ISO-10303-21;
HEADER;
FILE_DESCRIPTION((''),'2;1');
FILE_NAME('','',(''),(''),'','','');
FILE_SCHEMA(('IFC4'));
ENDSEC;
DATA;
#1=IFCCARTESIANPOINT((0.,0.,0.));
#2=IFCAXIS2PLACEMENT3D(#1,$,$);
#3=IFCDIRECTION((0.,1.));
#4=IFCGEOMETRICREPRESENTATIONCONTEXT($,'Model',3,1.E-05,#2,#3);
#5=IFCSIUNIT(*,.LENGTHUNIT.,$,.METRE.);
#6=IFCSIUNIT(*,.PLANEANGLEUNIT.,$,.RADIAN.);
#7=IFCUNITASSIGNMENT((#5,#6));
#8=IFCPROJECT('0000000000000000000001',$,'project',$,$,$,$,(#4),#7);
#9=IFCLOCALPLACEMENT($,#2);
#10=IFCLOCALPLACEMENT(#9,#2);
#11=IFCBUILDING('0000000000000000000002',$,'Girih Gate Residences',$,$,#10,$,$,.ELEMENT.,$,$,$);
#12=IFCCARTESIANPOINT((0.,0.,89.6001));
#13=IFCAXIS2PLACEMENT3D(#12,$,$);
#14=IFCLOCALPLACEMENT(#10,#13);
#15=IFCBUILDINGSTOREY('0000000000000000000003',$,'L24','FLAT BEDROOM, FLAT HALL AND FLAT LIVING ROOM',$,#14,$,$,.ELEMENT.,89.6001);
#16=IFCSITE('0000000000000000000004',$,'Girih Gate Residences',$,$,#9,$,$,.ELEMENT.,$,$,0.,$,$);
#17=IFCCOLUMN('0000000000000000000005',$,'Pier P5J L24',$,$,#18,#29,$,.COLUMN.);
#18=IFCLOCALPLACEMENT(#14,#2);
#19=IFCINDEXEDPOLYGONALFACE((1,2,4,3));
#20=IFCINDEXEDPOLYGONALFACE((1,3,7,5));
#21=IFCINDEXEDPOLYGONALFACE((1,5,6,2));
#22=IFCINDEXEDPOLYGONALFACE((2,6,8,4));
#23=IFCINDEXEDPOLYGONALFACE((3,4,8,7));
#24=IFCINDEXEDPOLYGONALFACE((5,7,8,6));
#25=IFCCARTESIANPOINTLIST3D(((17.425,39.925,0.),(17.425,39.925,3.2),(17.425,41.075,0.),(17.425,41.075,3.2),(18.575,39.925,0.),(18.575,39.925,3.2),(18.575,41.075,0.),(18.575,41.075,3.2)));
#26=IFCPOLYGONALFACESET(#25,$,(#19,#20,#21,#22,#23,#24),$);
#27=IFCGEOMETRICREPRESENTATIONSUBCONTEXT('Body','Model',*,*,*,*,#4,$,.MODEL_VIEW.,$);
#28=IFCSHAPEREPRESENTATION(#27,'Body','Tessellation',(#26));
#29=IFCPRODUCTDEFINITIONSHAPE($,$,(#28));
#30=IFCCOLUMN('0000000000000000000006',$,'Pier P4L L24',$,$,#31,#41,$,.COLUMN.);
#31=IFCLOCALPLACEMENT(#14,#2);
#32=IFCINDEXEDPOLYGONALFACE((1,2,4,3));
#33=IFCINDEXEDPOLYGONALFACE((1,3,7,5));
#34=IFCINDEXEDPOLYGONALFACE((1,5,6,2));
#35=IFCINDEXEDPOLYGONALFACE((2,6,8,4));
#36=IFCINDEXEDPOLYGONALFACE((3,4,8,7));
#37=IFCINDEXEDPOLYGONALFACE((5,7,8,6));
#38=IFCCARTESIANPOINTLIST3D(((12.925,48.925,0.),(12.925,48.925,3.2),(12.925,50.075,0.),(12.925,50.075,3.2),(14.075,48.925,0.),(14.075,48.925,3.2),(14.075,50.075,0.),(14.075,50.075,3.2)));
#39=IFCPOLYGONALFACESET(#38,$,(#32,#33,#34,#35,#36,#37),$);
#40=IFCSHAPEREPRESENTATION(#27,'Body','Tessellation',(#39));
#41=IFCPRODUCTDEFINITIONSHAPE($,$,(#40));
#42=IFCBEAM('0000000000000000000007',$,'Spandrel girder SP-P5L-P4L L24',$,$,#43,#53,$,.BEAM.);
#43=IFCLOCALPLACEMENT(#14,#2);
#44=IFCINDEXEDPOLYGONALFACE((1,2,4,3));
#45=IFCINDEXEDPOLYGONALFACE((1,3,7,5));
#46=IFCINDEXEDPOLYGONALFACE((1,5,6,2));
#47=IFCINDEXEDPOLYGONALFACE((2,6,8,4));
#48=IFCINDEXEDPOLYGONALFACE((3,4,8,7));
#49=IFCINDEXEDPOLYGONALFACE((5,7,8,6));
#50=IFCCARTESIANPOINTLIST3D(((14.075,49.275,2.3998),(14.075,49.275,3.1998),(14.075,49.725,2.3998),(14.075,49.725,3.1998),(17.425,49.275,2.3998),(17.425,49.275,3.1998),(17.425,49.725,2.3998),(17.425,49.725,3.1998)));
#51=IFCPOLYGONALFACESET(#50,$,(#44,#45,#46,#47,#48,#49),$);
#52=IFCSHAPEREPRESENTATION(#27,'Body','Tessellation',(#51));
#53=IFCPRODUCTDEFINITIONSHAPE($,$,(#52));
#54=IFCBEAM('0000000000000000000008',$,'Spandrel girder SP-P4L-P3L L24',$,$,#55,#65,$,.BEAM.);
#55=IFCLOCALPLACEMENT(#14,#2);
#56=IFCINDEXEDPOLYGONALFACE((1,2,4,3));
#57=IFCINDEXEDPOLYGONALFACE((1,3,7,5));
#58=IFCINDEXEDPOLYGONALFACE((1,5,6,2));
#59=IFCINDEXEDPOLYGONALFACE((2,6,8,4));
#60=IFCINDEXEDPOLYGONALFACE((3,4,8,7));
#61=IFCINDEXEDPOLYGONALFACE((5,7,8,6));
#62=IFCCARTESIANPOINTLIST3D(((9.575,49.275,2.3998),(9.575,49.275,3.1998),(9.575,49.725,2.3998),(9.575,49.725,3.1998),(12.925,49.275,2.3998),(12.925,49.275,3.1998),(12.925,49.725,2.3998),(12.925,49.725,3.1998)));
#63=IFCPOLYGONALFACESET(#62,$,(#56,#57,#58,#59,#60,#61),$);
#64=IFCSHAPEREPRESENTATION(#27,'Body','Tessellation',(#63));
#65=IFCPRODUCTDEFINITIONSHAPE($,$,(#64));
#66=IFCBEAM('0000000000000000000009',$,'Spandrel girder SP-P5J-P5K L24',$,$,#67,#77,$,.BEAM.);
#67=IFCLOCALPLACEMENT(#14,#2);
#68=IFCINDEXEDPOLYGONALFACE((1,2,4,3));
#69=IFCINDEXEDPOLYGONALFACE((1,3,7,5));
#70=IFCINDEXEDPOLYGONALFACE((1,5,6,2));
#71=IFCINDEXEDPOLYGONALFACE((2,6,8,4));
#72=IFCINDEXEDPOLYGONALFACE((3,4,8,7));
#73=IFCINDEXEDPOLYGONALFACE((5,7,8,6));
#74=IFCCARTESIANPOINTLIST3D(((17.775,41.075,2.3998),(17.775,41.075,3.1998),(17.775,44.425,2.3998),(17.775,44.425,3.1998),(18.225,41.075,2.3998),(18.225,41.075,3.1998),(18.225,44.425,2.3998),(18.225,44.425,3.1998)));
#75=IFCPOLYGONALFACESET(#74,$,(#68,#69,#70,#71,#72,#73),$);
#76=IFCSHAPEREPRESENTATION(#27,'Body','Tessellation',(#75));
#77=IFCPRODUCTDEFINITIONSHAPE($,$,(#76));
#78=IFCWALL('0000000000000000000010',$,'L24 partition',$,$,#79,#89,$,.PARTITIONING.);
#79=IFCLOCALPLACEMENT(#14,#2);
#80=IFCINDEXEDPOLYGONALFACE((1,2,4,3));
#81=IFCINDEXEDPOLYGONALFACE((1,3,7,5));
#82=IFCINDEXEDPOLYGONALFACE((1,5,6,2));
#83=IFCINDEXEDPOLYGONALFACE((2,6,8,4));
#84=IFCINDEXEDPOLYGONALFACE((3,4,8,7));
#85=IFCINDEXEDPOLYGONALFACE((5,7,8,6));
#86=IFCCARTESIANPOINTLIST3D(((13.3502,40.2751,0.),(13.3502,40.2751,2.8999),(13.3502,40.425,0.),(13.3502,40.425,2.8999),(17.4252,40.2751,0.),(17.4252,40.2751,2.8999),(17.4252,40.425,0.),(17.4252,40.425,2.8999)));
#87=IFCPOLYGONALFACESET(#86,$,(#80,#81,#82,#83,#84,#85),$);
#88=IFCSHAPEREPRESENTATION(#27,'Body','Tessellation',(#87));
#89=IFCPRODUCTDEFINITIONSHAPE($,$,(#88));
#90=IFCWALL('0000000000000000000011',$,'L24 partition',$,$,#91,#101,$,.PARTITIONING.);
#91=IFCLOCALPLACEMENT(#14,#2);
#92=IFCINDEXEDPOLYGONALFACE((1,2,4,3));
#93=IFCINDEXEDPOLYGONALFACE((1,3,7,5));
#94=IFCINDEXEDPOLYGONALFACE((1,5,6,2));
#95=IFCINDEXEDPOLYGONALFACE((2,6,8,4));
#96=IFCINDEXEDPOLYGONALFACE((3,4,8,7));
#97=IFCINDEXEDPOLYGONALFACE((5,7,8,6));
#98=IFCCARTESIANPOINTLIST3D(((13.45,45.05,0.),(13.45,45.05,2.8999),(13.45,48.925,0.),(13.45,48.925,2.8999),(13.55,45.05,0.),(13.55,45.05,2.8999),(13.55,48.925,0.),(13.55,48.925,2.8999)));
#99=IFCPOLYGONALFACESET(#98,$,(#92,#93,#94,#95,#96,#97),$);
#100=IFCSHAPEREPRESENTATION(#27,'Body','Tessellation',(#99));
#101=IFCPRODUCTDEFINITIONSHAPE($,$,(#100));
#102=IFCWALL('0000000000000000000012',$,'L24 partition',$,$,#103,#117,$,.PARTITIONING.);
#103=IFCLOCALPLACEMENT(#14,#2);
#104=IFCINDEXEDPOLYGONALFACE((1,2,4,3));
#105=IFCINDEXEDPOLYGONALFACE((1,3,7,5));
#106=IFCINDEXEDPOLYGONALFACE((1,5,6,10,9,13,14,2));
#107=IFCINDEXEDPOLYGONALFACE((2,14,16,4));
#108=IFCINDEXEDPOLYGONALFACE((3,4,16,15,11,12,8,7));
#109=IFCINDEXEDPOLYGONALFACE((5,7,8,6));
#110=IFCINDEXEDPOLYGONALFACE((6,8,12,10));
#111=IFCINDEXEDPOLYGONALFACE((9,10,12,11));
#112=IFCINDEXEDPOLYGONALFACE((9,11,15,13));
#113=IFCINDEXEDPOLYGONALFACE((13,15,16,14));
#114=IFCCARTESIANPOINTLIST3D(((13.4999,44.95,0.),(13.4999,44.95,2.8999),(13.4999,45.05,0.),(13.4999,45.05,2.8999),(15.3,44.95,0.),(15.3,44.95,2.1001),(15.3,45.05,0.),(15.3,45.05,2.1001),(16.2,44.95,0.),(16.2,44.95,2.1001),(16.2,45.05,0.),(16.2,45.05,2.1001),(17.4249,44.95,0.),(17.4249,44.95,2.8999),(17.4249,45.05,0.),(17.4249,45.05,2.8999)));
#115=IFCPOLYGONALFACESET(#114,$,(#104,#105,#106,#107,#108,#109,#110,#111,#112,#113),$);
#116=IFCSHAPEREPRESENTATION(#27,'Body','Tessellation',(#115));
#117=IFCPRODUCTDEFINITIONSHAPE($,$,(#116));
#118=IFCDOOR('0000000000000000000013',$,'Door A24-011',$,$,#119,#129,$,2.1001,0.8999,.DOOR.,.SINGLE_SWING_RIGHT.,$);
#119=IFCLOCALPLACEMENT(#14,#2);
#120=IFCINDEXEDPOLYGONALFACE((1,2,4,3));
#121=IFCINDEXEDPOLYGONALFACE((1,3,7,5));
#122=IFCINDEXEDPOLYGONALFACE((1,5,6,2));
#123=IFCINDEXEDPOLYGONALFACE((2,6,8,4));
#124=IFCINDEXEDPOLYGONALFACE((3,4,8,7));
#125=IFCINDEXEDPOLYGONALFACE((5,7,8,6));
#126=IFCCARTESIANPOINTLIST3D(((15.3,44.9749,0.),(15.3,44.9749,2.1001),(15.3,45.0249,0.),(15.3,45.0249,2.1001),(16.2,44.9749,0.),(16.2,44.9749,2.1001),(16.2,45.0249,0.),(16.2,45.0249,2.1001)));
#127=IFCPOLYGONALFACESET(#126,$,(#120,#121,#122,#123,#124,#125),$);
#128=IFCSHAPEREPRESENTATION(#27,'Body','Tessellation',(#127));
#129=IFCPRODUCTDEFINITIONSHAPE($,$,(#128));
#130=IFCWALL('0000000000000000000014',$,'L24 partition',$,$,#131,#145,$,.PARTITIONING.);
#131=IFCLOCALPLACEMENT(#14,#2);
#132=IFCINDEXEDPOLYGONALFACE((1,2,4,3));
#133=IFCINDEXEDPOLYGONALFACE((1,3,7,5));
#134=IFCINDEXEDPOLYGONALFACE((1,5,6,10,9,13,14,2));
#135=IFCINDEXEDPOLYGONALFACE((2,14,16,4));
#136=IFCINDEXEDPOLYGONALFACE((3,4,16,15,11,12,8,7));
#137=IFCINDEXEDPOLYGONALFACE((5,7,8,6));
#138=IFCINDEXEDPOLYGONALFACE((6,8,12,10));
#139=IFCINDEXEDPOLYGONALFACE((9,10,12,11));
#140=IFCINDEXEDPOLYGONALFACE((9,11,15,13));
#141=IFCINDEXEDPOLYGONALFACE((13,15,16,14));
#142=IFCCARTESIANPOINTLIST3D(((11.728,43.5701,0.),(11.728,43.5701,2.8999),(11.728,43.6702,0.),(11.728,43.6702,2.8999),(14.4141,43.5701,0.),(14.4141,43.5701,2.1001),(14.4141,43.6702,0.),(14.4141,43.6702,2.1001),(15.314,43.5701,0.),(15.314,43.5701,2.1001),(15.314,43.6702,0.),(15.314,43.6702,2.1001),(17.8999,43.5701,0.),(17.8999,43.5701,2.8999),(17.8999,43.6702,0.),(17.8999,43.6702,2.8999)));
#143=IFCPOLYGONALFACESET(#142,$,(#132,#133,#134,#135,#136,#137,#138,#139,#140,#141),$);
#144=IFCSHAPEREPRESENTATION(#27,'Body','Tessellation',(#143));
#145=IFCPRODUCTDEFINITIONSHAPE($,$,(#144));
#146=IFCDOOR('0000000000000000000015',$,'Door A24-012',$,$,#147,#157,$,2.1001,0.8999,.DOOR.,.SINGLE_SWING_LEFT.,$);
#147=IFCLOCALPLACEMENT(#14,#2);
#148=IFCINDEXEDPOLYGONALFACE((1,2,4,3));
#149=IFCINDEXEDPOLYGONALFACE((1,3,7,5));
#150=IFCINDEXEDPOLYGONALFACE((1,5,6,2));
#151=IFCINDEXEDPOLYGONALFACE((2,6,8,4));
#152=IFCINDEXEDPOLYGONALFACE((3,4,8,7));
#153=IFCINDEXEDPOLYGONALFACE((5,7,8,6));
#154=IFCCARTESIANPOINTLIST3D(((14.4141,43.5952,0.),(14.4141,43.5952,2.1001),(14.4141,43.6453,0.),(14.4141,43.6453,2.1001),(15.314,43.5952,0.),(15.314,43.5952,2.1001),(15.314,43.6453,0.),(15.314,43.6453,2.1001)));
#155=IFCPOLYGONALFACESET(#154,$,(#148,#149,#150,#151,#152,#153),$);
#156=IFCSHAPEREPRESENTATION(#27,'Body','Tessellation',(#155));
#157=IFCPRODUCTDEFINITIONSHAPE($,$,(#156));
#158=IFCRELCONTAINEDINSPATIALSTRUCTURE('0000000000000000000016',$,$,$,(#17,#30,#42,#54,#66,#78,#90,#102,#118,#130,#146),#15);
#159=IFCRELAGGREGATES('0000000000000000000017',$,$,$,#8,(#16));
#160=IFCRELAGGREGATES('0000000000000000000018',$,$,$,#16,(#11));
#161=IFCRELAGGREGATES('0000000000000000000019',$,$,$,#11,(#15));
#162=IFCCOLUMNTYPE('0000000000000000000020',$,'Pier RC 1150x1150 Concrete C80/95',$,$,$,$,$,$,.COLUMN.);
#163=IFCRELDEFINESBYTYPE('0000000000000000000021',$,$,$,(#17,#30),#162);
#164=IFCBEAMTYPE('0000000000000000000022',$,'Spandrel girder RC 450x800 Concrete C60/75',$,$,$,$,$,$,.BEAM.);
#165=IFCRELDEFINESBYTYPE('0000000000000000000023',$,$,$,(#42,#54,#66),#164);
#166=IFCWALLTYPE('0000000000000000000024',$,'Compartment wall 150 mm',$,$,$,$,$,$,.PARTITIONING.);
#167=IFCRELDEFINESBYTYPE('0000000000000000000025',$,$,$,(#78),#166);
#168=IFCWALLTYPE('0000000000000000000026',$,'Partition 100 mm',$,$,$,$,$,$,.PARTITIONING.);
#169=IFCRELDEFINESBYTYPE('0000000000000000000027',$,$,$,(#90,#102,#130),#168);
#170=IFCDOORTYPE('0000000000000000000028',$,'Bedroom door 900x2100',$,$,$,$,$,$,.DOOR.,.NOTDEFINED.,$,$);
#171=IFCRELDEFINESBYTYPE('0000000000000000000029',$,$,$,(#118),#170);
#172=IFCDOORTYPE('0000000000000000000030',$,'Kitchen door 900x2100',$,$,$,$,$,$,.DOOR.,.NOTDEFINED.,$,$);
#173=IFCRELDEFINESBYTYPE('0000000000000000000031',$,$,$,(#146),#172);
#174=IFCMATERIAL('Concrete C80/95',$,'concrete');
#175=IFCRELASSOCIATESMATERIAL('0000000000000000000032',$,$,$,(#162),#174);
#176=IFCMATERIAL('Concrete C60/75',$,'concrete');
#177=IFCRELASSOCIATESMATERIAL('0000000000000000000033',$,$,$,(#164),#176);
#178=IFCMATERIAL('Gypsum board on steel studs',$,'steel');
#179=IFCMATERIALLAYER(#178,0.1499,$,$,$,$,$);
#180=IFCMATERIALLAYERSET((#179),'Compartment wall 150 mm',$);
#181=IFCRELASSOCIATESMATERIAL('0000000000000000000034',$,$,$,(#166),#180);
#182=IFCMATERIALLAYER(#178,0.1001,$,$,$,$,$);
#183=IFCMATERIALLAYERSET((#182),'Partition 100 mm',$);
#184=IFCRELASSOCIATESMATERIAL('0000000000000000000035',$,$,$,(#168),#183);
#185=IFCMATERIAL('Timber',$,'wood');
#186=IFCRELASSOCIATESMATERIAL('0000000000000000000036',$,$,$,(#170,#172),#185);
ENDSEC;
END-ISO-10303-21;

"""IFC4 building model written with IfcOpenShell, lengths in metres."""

from ifc_helpers import new_model, si_unit, direction, frame, frame_2d, origin, origin_2d, place, context, subcontext, project, spatial, rectangle, extrude, material, layer, layer_set, material_profile, profile_set, type_object, element, fill, save


model = new_model("IFC4")

# Units and contexts
model_context = context("Model", 3, precision=1e-05, world=origin(), true_north=direction((0.0, 1.0)))
body_context = subcontext(model_context, "Body", "Model", "MODEL_VIEW")
ifc_project = project(units=[si_unit("LENGTHUNIT", "METRE"), si_unit("PLANEANGLEUNIT", "RADIAN")], contexts=[model_context])

# Site, building, storey
site_placement = place(None, origin())
site = spatial("IfcSite", under=ifc_project, at=site_placement, Name="Girih Gate Residences", CompositionType="ELEMENT", RefElevation=0.0)
building_placement = place(site_placement, origin())
building = spatial("IfcBuilding", under=site, at=building_placement, Name="Girih Gate Residences", CompositionType="ELEMENT")
storey_placement = place(building_placement, frame((0.0, 0.0, 89.6001)))
storey = spatial("IfcBuildingStorey", under=building, at=storey_placement, Name="L24", Description="FLAT BEDROOM, FLAT HALL AND FLAT LIVING ROOM", CompositionType="ELEMENT", Elevation=89.6001)

# Columns
ifc_material_1 = material(Name="Concrete C80/95", Category="concrete")
ifc_material_profile_1 = material_profile(ifc_material_1, rectangle(XDim=1.1499, YDim=1.1499, at=origin_2d()))
ifc_profile_set_1 = profile_set([ifc_material_profile_1], Name="Concrete C80/95")
column_type = type_object("IfcColumnType", Name="Pier RC 1150x1150 Concrete C80/95", PredefinedType="COLUMN", material=ifc_profile_set_1)
for number, where, z_axis, x_axis, name in (
    (1, (18.0, 40.5, 0.0), (0.0, 0.0, 1.0), (1.0, 0.0, 0.0), "Pier P5J L24"),
    (2, (13.5, 49.5, 0.0), (0.0, 0.0, 1.0), (1.0, 0.0, 0.0), "Pier P4L L24"),
):
    element("IfcColumn", number, at=place(storey_placement, frame(where, z_axis=z_axis, x_axis=x_axis)), inside=storey, type_object=column_type, Name=name, PredefinedType="COLUMN", context=body_context, shape_type="SweptSolid", body=[
        extrude(rectangle(XDim=1.1499, YDim=1.1499, at=origin_2d()), origin(), (0.0, 0.0, 1.0), 3.2),
    ])

# Beams
ifc_material_2 = material(Name="Concrete C60/75", Category="concrete")
ifc_material_profile_2 = material_profile(ifc_material_2, rectangle(XDim=0.45, YDim=0.8, at=origin_2d()))
ifc_profile_set_2 = profile_set([ifc_material_profile_2], Name="Concrete C60/75")
beam_type = type_object("IfcBeamType", Name="Spandrel girder RC 450x800 Concrete C60/75", PredefinedType="BEAM", material=ifc_profile_set_2)
for number, where, z_axis, x_axis, name in (
    (3, (17.425, 49.5, 2.7998), (-1.0, 0.0, 0.0), (0.0, -1.0, 0.0), "Spandrel girder SP-P5L-P4L L24"),
    (4, (12.925, 49.5, 2.7998), (-1.0, 0.0, 0.0), (0.0, -1.0, 0.0), "Spandrel girder SP-P4L-P3L L24"),
    (5, (18.0, 41.075, 2.7998), (0.0, 1.0, 0.0), (-1.0, 0.0, 0.0), "Spandrel girder SP-P5J-P5K L24"),
):
    element("IfcBeam", number, at=place(storey_placement, frame(where, z_axis=z_axis, x_axis=x_axis)), inside=storey, type_object=beam_type, Name=name, PredefinedType="BEAM", context=body_context, shape_type="SweptSolid", body=[
        extrude(rectangle(XDim=0.45, YDim=0.8, at=origin_2d()), origin(), (0.0, 0.0, 1.0), 3.3501),
    ])

# Walls
ifc_material_3 = material(Name="Gypsum board on steel studs", Category="steel")
ifc_layer_1 = layer(ifc_material_3, 0.1499)
ifc_layer_set_1 = layer_set([ifc_layer_1], Name="Compartment wall 150 mm")
wall_type_1 = type_object("IfcWallType", Name="Compartment wall 150 mm", PredefinedType="PARTITIONING", material=ifc_layer_set_1)
wall_1_placement = place(storey_placement, frame((13.3501, 40.3501, 0.0), z_axis=(0.0, 0.0, 1.0), x_axis=(1.0, 0.0, 0.0)))
element("IfcWall", 6, at=wall_1_placement, inside=storey, type_object=wall_type_1, Name="L24 partition", PredefinedType="PARTITIONING", context=body_context, shape_type="SweptSolid", body=[
    extrude(rectangle(XDim=4.075, YDim=0.1499, at=frame_2d((2.0376, 0.0))), origin(), (0.0, 0.0, 1.0), 2.8999),
])
ifc_layer_2 = layer(ifc_material_3, 0.1001)
ifc_layer_set_2 = layer_set([ifc_layer_2], Name="Partition 100 mm")
wall_type_2 = type_object("IfcWallType", Name="Partition 100 mm", PredefinedType="PARTITIONING", material=ifc_layer_set_2)
wall_2_placement = place(storey_placement, frame((13.5, 45.05, 0.0), z_axis=(0.0, 0.0, 1.0), x_axis=(0.0, 1.0, 0.0)))
element("IfcWall", 7, at=wall_2_placement, inside=storey, type_object=wall_type_2, Name="L24 partition", PredefinedType="PARTITIONING", context=body_context, shape_type="SweptSolid", body=[
    extrude(rectangle(XDim=3.875, YDim=0.1001, at=frame_2d((1.9375, 0.0))), origin(), (0.0, 0.0, 1.0), 2.8999),
])

# Walls, openings, doors
wall_3_placement = place(storey_placement, frame((13.5, 45.0, 0.0), z_axis=(0.0, 0.0, 1.0), x_axis=(1.0, 0.0, 0.0)))
wall_3 = element("IfcWall", 8, at=wall_3_placement, inside=storey, type_object=wall_type_2, Name="L24 partition", PredefinedType="PARTITIONING", context=body_context, shape_type="SweptSolid", body=[
    extrude(rectangle(XDim=3.925, YDim=0.1001, at=frame_2d((1.9624, 0.0))), origin(), (0.0, 0.0, 1.0), 2.8999),
])
opening_1_placement = place(wall_3_placement, frame((1.8, 0.0, 0.0)))
opening_1 = element("IfcOpeningElement", 9, at=opening_1_placement, cuts=wall_3, PredefinedType="OPENING", context=body_context, shape_type="SweptSolid", body=[
    extrude(rectangle(XDim=0.8999, YDim=2.1001, at=frame_2d((0.45, 1.05))), frame((0.0, 0.0601, 0.0), z_axis=(0.0, -1.0, 0.0), x_axis=(1.0, 0.0, 0.0)), (0.0, 0.0, 1.0), 0.1201),
])
ifc_material_4 = material(Name="Timber", Category="wood")
door_type_1 = type_object("IfcDoorType", Name="Bedroom door 900x2100", OperationType="NOTDEFINED", PredefinedType="DOOR", material=ifc_material_4)
door_1_placement = place(opening_1_placement, origin())
door_1 = element("IfcDoor", 10, at=door_1_placement, inside=storey, type_object=door_type_1, Name="Door A24-011", OperationType="SINGLE_SWING_RIGHT", OverallHeight=2.1001, OverallWidth=0.8999, PredefinedType="DOOR", context=body_context, shape_type="SweptSolid", body=[
    extrude(rectangle(XDim=0.8999, YDim=2.1001, at=frame_2d((0.45, 1.05))), frame((0.0, 0.0249, 0.0), z_axis=(0.0, -1.0, 0.0), x_axis=(1.0, 0.0, 0.0)), (0.0, 0.0, 1.0), 0.05),
])
fill(opening_1, door_1)
wall_4_placement = place(storey_placement, frame((17.8999, 43.6201, 0.0), z_axis=(0.0, 0.0, 1.0), x_axis=(-1.0, 0.0, 0.0)))
wall_4 = element("IfcWall", 11, at=wall_4_placement, inside=storey, type_object=wall_type_2, Name="L24 partition", PredefinedType="PARTITIONING", context=body_context, shape_type="SweptSolid", body=[
    extrude(rectangle(XDim=6.1719, YDim=0.1001, at=frame_2d((3.0859, 0.0))), origin(), (0.0, 0.0, 1.0), 2.8999),
])
opening_2_placement = place(wall_4_placement, frame((2.5859, 0.0, 0.0)))
opening_2 = element("IfcOpeningElement", 12, at=opening_2_placement, cuts=wall_4, PredefinedType="OPENING", context=body_context, shape_type="SweptSolid", body=[
    extrude(rectangle(XDim=0.8999, YDim=2.1001, at=frame_2d((0.45, 1.05))), frame((0.0, 0.0601, 0.0), z_axis=(0.0, -1.0, 0.0), x_axis=(1.0, 0.0, 0.0)), (0.0, 0.0, 1.0), 0.1201),
])
door_type_2 = type_object("IfcDoorType", Name="Kitchen door 900x2100", OperationType="NOTDEFINED", PredefinedType="DOOR", material=ifc_material_4)
door_2_placement = place(opening_2_placement, origin())
door_2 = element("IfcDoor", 13, at=door_2_placement, inside=storey, type_object=door_type_2, Name="Door A24-012", OperationType="SINGLE_SWING_LEFT", OverallHeight=2.1001, OverallWidth=0.8999, PredefinedType="DOOR", context=body_context, shape_type="SweptSolid", body=[
    extrude(rectangle(XDim=0.8999, YDim=2.1001, at=frame_2d((0.45, 1.05))), frame((0.0, 0.0249, 0.0), z_axis=(0.0, -1.0, 0.0), x_axis=(1.0, 0.0, 0.0)), (0.0, 0.0, 1.0), 0.05),
])
fill(opening_2, door_2)

save(model, "model.ifc")
